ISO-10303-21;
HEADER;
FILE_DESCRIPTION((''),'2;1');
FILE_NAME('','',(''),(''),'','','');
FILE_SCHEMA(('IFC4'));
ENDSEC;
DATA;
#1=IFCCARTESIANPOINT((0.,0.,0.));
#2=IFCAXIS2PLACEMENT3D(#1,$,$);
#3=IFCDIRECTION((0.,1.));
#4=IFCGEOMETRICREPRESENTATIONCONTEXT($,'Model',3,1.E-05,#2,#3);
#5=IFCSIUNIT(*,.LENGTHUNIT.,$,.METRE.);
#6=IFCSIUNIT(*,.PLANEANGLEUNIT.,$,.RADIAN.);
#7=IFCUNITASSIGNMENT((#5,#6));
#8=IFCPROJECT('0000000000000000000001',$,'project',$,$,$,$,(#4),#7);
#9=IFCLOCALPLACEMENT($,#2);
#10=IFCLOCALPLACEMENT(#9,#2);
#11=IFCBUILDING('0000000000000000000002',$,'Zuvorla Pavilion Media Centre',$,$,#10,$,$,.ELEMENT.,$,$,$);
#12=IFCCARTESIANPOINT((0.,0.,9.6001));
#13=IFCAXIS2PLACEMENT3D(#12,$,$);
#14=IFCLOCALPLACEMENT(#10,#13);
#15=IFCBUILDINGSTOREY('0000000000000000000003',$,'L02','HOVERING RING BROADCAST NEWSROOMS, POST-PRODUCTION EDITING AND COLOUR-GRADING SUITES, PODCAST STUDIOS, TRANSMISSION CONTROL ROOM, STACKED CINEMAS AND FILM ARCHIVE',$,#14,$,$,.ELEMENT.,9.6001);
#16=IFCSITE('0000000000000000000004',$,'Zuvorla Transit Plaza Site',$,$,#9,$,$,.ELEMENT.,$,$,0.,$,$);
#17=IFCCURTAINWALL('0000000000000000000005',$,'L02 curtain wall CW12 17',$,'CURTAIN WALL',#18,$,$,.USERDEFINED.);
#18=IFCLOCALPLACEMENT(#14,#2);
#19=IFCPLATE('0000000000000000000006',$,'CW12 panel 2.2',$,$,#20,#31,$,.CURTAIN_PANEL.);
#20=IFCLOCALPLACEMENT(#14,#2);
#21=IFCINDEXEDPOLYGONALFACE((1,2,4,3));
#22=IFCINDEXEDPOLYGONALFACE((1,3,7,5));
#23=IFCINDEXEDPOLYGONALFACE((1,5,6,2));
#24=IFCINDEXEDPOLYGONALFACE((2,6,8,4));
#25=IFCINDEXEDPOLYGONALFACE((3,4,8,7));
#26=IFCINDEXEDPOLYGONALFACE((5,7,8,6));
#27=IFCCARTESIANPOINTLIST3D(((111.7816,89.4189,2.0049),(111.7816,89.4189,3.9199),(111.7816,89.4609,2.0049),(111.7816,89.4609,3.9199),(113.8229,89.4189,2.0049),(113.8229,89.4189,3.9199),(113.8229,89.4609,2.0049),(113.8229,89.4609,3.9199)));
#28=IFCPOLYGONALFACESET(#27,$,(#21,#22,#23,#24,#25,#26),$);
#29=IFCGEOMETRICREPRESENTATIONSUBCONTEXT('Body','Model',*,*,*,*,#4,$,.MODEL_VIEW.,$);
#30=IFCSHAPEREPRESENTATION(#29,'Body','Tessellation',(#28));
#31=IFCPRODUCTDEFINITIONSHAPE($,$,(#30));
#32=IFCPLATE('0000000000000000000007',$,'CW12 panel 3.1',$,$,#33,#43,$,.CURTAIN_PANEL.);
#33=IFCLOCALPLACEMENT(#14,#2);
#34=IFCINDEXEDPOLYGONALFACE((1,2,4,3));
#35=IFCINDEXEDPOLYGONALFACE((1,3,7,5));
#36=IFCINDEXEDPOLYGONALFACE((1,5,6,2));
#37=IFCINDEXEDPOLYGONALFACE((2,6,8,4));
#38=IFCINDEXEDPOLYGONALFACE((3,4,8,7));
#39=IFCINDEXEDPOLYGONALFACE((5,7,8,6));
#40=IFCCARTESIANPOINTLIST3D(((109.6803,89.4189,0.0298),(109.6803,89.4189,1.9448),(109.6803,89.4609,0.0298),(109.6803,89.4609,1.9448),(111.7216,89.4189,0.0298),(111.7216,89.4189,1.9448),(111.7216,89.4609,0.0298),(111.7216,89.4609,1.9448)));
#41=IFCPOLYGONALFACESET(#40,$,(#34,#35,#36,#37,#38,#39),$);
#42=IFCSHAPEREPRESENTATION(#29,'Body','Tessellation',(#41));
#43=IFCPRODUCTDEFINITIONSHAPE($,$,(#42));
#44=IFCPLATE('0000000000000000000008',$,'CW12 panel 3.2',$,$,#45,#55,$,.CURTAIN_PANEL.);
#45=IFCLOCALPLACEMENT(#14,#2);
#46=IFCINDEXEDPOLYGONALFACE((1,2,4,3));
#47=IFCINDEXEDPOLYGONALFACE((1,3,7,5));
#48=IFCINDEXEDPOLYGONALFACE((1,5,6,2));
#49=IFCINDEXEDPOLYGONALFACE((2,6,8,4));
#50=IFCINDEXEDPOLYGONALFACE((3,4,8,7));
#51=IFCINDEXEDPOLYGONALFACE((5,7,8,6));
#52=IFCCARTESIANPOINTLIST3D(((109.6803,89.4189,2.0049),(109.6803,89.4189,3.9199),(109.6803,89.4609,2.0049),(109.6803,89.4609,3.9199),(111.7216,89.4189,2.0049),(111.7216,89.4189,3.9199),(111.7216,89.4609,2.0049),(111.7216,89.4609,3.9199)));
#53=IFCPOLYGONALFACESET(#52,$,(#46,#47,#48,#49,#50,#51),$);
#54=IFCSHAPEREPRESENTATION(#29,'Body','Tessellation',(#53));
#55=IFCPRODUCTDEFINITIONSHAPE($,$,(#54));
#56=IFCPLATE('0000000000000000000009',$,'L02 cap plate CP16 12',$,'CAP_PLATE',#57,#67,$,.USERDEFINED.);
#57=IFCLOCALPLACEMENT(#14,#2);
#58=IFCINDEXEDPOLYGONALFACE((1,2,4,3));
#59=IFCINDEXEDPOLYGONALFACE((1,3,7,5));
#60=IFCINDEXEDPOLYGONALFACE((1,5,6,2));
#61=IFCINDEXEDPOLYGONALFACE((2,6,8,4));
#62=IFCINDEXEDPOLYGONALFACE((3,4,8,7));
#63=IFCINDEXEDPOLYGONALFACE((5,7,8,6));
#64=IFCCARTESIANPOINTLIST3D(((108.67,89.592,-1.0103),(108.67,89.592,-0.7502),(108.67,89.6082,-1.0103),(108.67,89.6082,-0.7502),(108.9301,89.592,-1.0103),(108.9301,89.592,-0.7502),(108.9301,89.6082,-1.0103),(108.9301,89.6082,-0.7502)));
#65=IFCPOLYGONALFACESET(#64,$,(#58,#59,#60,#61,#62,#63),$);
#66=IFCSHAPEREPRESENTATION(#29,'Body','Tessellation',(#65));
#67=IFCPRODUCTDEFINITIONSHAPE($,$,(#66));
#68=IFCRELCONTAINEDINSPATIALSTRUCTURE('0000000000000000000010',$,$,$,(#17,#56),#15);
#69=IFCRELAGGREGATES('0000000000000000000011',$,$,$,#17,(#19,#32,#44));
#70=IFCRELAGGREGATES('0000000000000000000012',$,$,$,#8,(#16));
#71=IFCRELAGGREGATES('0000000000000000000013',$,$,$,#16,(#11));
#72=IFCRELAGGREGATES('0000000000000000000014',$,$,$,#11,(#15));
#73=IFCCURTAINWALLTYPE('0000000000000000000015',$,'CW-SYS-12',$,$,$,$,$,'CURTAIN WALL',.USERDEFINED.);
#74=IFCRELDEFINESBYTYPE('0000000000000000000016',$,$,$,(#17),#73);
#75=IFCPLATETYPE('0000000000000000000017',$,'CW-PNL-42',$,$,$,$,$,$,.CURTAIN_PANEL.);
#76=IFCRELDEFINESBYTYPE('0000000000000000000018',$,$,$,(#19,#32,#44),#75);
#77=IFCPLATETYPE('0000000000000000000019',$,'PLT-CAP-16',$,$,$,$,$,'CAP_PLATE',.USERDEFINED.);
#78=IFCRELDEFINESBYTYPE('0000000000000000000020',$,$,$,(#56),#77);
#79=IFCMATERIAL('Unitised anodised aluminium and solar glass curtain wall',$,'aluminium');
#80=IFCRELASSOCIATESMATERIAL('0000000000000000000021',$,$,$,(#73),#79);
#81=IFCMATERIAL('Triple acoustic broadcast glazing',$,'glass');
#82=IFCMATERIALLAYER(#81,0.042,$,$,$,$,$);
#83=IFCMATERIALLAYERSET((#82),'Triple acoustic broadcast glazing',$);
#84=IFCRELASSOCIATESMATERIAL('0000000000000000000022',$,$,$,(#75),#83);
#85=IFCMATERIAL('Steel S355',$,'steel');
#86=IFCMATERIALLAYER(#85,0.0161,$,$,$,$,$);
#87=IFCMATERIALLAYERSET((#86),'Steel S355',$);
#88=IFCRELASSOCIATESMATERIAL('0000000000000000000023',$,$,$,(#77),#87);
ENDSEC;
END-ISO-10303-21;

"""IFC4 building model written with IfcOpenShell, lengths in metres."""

from ifc_helpers import new_model, si_unit, direction, frame, origin, origin_2d, place, context, subcontext, project, spatial, rectangle, extrude, material, layer, layer_set, type_object, element, aggregate, save


model = new_model("IFC4")

# Units and contexts
model_context = context("Model", 3, precision=1e-05, world=origin(), true_north=direction((0.0, 1.0)))
body_context = subcontext(model_context, "Body", "Model", "MODEL_VIEW")
ifc_project = project(units=[si_unit("LENGTHUNIT", "METRE"), si_unit("PLANEANGLEUNIT", "RADIAN")], contexts=[model_context])

# Site, building, storey
site_placement = place(None, origin())
site = spatial("IfcSite", under=ifc_project, at=site_placement, Name="Zuvorla Transit Plaza Site", CompositionType="ELEMENT", RefElevation=0.0)
building_placement = place(site_placement, origin())
building = spatial("IfcBuilding", under=site, at=building_placement, Name="Zuvorla Pavilion Media Centre", CompositionType="ELEMENT")
storey_placement = place(building_placement, frame((0.0, 0.0, 9.6001)))
storey = spatial("IfcBuildingStorey", under=building, at=storey_placement, Name="L02", Description="HOVERING RING BROADCAST NEWSROOMS, POST-PRODUCTION EDITING AND COLOUR-GRADING SUITES, PODCAST STUDIOS, TRANSMISSION CONTROL ROOM, STACKED CINEMAS AND FILM ARCHIVE", CompositionType="ELEMENT", Elevation=9.6001)

# Shared definitions
ifc_material_1 = material(Name="Steel S355", Category="steel")

# Curtain wall
ifc_material_2 = material(Name="Unitised anodised aluminium and solar glass curtain wall", Category="aluminium")
curtain_wall_type = type_object("IfcCurtainWallType", Name="CW-SYS-12", ElementType="CURTAIN WALL", PredefinedType="USERDEFINED", material=ifc_material_2)
curtain_wall_placement = place(storey_placement, origin())
curtain_wall = element("IfcCurtainWall", 1, at=curtain_wall_placement, inside=storey, type_object=curtain_wall_type, Name="L02 curtain wall CW12 17", ObjectType="CURTAIN WALL", PredefinedType="USERDEFINED")

# Plates
ifc_material_3 = material(Name="Triple acoustic broadcast glazing", Category="glass")
ifc_layer_1 = layer(ifc_material_3, 0.042)
ifc_layer_set_1 = layer_set([ifc_layer_1], Name="Triple acoustic broadcast glazing")
plate_type_1 = type_object("IfcPlateType", Name="CW-PNL-42", PredefinedType="CURTAIN_PANEL", material=ifc_layer_set_1)
plate_1_placement = place(storey_placement, frame((112.8022, 89.4399, 2.0049), z_axis=(0.0, 0.0, 1.0), x_axis=(-1.0, 0.0, 0.0)))
plate_1 = element("IfcPlate", 2, at=plate_1_placement, type_object=plate_type_1, Name="CW12 panel 2.2", PredefinedType="CURTAIN_PANEL", context=body_context, shape_type="SweptSolid", body=[
    extrude(rectangle(XDim=2.0413, YDim=0.042, at=origin_2d()), origin(), (0.0, 0.0, 1.0), 1.915),
])
plate_2_placement = place(storey_placement, frame((110.7009, 89.4399, 0.0298), z_axis=(0.0, 0.0, 1.0), x_axis=(-1.0, 0.0, 0.0)))
plate_2 = element("IfcPlate", 3, at=plate_2_placement, type_object=plate_type_1, Name="CW12 panel 3.1", PredefinedType="CURTAIN_PANEL", context=body_context, shape_type="SweptSolid", body=[
    extrude(rectangle(XDim=2.0413, YDim=0.042, at=origin_2d()), origin(), (0.0, 0.0, 1.0), 1.915),
])
plate_3_placement = place(storey_placement, frame((110.7009, 89.4399, 2.0049), z_axis=(0.0, 0.0, 1.0), x_axis=(-1.0, 0.0, 0.0)))
plate_3 = element("IfcPlate", 4, at=plate_3_placement, type_object=plate_type_1, Name="CW12 panel 3.2", PredefinedType="CURTAIN_PANEL", context=body_context, shape_type="SweptSolid", body=[
    extrude(rectangle(XDim=2.0413, YDim=0.042, at=origin_2d()), origin(), (0.0, 0.0, 1.0), 1.915),
])
aggregate(curtain_wall, [plate_1, plate_2, plate_3])
ifc_layer_2 = layer(ifc_material_1, 0.0161)
ifc_layer_set_2 = layer_set([ifc_layer_2], Name="Steel S355")
plate_type_2 = type_object("IfcPlateType", Name="PLT-CAP-16", ElementType="CAP_PLATE", PredefinedType="USERDEFINED", material=ifc_layer_set_2)
plate_4_placement = place(storey_placement, frame((108.8, 89.6001, -1.0103), z_axis=(0.0, 0.0, 1.0), x_axis=(1.0, 0.0, 0.0)))
element("IfcPlate", 5, at=plate_4_placement, inside=storey, type_object=plate_type_2, Name="L02 cap plate CP16 12", ObjectType="CAP_PLATE", PredefinedType="USERDEFINED", context=body_context, shape_type="SweptSolid", body=[
    extrude(rectangle(XDim=0.26, YDim=0.0161, at=origin_2d()), origin(), (0.0, 0.0, 1.0), 0.26),
])

save(model, "model.ifc")
